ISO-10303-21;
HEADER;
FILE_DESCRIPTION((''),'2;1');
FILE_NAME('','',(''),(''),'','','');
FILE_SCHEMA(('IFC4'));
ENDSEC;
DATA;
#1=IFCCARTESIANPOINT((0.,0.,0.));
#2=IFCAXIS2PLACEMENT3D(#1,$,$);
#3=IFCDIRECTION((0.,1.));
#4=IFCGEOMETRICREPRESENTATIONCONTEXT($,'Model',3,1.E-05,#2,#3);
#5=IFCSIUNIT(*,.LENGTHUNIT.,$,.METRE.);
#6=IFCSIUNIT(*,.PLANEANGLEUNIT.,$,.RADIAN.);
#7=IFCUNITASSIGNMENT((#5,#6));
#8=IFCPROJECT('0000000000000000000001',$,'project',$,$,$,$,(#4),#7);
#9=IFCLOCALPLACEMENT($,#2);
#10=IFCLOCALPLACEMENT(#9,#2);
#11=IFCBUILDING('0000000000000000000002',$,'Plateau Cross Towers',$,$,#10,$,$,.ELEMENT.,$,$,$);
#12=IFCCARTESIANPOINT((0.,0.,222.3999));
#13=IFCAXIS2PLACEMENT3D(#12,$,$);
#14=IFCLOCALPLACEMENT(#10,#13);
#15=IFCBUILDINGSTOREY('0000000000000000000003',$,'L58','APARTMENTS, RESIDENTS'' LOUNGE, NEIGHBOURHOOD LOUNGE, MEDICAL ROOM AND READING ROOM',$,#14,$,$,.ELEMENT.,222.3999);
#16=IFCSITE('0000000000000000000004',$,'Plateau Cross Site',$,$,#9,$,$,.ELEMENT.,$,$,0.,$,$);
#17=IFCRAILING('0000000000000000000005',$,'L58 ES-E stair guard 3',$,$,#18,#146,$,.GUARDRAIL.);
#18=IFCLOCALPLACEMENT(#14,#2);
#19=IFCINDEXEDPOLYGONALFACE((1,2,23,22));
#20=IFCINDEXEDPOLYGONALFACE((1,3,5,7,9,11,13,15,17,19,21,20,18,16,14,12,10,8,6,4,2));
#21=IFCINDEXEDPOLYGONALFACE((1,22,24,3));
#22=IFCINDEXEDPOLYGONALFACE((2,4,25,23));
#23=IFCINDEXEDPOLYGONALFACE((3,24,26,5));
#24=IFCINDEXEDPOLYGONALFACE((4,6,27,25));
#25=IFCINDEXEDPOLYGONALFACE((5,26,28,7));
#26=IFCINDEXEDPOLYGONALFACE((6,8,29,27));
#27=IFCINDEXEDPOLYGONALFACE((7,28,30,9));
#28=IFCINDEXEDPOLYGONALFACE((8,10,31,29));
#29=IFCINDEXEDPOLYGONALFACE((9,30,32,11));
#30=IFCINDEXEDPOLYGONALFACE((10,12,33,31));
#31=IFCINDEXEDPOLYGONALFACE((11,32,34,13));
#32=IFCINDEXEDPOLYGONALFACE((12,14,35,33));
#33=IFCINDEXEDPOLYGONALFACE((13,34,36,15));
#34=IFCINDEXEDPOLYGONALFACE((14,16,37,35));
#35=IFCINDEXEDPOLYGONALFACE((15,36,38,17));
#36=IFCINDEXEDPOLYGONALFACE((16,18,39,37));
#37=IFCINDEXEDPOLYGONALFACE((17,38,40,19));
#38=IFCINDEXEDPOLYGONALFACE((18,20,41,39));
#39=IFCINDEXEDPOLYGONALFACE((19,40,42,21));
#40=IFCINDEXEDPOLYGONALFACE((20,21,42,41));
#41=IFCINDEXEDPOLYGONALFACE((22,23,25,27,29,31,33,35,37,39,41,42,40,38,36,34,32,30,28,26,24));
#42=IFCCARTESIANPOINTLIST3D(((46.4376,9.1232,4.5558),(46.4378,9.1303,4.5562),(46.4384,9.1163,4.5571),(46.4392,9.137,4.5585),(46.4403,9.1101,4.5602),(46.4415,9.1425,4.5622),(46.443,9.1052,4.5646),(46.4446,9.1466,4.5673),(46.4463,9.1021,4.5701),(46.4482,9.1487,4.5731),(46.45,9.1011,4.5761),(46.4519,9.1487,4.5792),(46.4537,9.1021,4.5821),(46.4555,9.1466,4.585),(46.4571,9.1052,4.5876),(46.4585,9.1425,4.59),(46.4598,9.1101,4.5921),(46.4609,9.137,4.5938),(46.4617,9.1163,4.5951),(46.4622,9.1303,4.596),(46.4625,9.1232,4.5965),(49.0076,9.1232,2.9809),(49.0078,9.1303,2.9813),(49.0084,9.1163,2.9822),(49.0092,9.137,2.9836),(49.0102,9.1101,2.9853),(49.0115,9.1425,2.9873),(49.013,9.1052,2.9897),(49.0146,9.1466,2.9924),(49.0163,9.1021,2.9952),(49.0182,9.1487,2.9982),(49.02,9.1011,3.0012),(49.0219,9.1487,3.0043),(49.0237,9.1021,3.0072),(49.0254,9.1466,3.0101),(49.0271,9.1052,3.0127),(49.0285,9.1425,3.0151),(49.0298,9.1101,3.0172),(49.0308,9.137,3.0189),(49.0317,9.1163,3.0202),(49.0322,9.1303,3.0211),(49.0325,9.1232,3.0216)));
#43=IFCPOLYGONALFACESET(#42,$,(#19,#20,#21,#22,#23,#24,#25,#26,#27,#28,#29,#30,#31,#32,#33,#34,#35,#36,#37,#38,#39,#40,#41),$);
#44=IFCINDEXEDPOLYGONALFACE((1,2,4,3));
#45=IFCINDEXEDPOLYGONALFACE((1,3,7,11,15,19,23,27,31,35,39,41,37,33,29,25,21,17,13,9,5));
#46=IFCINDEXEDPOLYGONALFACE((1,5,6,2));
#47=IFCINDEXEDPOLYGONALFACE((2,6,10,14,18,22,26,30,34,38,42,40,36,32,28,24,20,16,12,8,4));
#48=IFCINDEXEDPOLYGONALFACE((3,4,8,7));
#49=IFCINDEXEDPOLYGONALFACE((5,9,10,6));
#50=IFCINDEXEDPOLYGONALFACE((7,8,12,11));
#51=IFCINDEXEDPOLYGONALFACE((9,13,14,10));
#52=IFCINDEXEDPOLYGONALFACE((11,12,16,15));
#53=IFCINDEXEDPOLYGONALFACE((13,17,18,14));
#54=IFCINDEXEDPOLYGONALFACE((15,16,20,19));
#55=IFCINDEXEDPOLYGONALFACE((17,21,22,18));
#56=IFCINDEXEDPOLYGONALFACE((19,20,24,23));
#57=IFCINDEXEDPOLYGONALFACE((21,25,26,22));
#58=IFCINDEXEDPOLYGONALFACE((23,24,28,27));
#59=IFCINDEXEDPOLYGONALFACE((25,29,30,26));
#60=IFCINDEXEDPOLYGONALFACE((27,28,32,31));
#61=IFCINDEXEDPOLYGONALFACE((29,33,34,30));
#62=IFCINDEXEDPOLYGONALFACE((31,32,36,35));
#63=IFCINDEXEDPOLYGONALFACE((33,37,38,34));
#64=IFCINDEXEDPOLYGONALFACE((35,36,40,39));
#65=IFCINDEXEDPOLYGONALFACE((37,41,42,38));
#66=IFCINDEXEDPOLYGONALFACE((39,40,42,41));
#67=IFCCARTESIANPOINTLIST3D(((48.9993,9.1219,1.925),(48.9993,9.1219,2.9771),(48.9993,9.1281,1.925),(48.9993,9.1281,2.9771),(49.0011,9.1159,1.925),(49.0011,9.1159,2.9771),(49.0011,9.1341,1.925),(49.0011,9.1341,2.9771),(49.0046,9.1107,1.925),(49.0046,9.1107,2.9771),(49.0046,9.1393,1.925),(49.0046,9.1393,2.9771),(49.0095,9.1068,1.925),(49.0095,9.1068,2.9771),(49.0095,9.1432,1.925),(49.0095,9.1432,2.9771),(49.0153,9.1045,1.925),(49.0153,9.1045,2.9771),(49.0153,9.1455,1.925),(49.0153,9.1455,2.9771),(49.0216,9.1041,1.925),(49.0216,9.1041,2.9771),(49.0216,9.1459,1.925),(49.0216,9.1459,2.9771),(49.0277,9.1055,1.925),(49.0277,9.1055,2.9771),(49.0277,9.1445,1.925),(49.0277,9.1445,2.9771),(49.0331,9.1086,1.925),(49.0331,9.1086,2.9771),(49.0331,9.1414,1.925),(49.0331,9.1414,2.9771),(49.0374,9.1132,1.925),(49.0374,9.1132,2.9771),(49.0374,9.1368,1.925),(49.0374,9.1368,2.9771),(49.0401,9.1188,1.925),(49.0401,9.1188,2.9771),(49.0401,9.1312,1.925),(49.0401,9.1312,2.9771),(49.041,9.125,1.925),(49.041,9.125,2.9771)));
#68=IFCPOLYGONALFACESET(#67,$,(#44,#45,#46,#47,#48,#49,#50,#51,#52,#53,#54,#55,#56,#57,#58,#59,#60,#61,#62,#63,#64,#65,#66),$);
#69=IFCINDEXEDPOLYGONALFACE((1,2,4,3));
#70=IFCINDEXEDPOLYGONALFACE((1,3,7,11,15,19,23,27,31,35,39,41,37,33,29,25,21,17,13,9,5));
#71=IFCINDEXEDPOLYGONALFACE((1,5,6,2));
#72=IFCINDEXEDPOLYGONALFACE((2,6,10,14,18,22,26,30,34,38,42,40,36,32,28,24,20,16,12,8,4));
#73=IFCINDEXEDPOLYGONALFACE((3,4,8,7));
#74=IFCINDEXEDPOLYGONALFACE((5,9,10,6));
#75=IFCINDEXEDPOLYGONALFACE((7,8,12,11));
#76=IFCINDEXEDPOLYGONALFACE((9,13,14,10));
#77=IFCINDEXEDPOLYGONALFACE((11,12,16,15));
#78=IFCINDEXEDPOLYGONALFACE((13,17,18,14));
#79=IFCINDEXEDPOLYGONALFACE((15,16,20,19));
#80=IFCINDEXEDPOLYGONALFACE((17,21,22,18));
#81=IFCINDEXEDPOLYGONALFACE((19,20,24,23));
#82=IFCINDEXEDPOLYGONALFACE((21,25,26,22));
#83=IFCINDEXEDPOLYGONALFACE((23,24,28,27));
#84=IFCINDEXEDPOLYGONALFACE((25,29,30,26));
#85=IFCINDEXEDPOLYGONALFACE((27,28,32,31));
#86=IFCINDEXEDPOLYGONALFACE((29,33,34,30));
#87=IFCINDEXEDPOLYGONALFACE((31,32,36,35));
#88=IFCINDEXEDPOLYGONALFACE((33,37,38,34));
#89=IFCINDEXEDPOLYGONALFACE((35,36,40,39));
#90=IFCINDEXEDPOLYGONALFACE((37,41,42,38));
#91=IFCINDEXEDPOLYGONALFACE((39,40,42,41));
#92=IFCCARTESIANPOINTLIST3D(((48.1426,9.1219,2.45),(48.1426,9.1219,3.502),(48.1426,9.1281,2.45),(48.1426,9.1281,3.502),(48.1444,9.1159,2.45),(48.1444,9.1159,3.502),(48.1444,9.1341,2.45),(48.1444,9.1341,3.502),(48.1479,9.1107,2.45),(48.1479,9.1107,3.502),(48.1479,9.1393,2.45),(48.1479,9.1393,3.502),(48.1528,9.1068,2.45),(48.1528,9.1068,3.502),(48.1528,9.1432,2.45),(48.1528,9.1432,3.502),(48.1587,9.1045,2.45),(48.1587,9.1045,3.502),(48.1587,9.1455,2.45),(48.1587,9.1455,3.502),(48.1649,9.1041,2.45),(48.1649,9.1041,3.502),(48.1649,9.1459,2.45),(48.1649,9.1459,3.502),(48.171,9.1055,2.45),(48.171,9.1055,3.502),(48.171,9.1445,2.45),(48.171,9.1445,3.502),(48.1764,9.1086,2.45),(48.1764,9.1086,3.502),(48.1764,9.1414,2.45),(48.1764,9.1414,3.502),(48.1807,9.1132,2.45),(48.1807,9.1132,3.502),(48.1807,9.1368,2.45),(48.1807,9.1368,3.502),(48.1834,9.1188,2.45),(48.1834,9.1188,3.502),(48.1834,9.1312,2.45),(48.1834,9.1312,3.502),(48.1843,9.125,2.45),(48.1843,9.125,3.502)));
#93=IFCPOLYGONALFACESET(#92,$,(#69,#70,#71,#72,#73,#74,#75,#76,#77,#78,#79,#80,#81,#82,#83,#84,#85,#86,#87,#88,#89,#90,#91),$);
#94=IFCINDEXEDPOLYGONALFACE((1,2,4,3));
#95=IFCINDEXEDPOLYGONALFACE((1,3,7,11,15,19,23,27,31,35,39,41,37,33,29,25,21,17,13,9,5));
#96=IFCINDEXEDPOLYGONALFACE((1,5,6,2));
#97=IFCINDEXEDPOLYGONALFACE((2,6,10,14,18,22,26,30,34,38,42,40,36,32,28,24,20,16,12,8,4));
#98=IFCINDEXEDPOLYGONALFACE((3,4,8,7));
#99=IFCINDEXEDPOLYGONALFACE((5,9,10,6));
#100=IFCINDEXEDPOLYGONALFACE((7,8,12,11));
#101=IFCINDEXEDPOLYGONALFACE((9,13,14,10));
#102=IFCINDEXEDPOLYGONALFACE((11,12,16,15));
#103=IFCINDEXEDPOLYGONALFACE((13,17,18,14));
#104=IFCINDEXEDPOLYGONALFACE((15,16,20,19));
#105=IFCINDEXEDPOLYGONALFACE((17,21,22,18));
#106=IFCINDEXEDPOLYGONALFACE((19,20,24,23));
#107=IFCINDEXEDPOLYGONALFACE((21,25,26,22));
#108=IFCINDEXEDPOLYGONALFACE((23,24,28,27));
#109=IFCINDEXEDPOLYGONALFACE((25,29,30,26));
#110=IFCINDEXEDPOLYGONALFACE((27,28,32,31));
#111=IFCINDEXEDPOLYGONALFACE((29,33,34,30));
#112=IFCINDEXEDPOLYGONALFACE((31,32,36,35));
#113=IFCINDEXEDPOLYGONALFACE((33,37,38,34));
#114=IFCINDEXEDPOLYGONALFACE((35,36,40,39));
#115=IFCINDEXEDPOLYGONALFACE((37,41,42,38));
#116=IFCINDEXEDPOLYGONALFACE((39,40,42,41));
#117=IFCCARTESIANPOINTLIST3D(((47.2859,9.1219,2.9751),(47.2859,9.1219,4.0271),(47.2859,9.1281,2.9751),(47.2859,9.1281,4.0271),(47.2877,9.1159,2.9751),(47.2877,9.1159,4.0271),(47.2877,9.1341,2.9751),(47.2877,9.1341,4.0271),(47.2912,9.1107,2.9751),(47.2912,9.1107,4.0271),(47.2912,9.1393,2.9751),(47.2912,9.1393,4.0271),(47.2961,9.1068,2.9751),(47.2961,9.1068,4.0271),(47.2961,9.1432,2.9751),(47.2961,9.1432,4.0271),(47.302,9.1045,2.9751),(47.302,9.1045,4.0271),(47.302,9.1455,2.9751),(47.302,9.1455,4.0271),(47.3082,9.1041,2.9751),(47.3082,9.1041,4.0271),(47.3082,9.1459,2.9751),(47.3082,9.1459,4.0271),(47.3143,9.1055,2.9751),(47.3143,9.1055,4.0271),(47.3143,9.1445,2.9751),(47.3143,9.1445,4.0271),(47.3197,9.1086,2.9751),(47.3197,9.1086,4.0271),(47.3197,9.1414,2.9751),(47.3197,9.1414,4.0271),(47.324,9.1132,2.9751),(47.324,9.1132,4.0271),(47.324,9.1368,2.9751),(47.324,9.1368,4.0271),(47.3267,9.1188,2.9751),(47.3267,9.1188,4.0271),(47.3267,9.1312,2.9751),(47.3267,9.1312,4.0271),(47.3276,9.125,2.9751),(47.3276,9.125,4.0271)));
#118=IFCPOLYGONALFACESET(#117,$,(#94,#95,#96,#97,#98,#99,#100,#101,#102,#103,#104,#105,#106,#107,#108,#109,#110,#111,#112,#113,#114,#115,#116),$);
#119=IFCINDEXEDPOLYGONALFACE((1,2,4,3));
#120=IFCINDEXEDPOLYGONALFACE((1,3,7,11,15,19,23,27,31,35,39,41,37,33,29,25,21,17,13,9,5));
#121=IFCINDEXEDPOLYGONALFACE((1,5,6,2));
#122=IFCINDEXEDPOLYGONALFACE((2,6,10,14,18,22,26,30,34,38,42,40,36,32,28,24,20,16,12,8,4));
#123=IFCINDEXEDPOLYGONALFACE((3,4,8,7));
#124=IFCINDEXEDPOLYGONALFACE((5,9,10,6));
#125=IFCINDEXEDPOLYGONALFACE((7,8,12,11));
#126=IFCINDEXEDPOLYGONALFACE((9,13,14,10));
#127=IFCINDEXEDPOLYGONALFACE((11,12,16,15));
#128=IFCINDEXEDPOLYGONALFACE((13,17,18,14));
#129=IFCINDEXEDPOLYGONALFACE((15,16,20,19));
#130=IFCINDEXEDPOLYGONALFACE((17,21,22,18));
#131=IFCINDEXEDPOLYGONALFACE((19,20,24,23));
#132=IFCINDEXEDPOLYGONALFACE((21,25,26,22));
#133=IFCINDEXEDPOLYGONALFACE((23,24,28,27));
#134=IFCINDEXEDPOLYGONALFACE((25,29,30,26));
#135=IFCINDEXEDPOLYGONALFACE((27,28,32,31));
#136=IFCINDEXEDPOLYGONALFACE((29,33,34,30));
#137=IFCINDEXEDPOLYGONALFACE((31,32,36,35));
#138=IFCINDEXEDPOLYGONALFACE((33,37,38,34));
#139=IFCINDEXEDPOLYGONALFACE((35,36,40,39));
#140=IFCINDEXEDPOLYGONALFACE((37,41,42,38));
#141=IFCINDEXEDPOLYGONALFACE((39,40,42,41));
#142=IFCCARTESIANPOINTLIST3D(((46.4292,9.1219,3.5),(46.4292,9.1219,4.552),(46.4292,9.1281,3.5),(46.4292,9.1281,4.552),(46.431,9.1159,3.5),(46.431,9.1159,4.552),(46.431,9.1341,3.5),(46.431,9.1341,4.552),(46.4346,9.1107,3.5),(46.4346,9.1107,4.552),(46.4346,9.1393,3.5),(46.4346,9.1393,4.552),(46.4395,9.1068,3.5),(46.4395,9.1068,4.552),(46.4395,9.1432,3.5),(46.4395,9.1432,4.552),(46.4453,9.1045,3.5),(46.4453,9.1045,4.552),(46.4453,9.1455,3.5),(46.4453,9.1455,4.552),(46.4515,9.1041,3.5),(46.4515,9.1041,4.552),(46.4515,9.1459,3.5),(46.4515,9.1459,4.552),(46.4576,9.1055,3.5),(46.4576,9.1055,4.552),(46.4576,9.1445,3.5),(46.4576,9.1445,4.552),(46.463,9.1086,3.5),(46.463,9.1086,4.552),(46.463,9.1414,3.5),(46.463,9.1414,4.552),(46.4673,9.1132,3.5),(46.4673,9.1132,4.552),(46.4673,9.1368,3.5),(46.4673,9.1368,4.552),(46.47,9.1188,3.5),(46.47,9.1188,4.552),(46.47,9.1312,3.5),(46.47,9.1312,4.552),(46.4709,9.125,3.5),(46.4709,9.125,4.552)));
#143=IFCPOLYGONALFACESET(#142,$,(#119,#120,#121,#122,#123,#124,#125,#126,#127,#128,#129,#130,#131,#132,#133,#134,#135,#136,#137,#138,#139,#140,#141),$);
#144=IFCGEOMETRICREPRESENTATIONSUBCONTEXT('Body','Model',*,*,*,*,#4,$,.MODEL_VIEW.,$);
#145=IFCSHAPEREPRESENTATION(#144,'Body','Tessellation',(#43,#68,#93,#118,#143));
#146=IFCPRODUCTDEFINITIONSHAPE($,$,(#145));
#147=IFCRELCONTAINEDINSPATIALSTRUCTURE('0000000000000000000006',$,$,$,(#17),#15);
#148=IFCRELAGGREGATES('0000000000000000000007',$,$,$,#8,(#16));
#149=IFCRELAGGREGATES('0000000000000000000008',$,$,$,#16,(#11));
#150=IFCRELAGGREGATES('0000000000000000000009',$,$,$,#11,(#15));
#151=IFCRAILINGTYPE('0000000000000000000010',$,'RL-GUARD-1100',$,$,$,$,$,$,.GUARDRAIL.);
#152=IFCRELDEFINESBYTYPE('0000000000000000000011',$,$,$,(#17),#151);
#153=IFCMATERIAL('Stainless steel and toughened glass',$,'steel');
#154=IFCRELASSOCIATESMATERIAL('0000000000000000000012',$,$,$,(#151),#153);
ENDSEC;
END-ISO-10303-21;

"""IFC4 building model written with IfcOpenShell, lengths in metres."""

from ifc_helpers import new_model, si_unit, direction, frame, origin, origin_2d, place, context, subcontext, project, spatial, circle, extrude, material, type_object, element, save


model = new_model("IFC4")

# Units and contexts
model_context = context("Model", 3, precision=1e-05, world=origin(), true_north=direction((0.0, 1.0)))
body_context = subcontext(model_context, "Body", "Model", "MODEL_VIEW")
ifc_project = project(units=[si_unit("LENGTHUNIT", "METRE"), si_unit("PLANEANGLEUNIT", "RADIAN")], contexts=[model_context])

# Site, building, storey
site_placement = place(None, origin())
site = spatial("IfcSite", under=ifc_project, at=site_placement, Name="Plateau Cross Site", CompositionType="ELEMENT", RefElevation=0.0)
building_placement = place(site_placement, origin())
building = spatial("IfcBuilding", under=site, at=building_placement, Name="Plateau Cross Towers", CompositionType="ELEMENT")
storey_placement = place(building_placement, frame((0.0, 0.0, 222.3999)))
storey = spatial("IfcBuildingStorey", under=building, at=storey_placement, Name="L58", Description="APARTMENTS, RESIDENTS' LOUNGE, NEIGHBOURHOOD LOUNGE, MEDICAL ROOM AND READING ROOM", CompositionType="ELEMENT", Elevation=222.3999)

# Railing
ifc_material_1 = material(Name="Stainless steel and toughened glass", Category="steel")
railing_type_1 = type_object("IfcRailingType", Name="RL-GUARD-1100", PredefinedType="GUARDRAIL", material=ifc_material_1)
railing_1_placement = place(storey_placement, frame((49.02, 9.125, 1.925)))
element("IfcRailing", 1, at=railing_1_placement, inside=storey, type_object=railing_type_1, Name="L58 ES-E stair guard 3", PredefinedType="GUARDRAIL", context=body_context, shape_type="SweptSolid", body=[
    extrude(circle(Radius=0.0239, at=origin_2d()), frame((0.0, 0.0, 1.0762), z_axis=(-0.852639, 0.0, 0.522501), x_axis=(0.0, -1.0, 0.0)), (0.0, 0.0, 1.0), 3.0142),
    extrude(circle(Radius=0.021, at=origin_2d()), origin(), (0.0, 0.0, 1.0), 1.052),
    extrude(circle(Radius=0.021, at=origin_2d()), frame((-0.8567, 0.0, 0.5249)), (0.0, 0.0, 1.0), 1.052),
    extrude(circle(Radius=0.021, at=origin_2d()), frame((-1.7134, 0.0, 1.05)), (0.0, 0.0, 1.0), 1.052),
    extrude(circle(Radius=0.021, at=origin_2d()), frame((-2.5701, 0.0, 1.575)), (0.0, 0.0, 1.0), 1.052),
])

save(model, "model.ifc")
